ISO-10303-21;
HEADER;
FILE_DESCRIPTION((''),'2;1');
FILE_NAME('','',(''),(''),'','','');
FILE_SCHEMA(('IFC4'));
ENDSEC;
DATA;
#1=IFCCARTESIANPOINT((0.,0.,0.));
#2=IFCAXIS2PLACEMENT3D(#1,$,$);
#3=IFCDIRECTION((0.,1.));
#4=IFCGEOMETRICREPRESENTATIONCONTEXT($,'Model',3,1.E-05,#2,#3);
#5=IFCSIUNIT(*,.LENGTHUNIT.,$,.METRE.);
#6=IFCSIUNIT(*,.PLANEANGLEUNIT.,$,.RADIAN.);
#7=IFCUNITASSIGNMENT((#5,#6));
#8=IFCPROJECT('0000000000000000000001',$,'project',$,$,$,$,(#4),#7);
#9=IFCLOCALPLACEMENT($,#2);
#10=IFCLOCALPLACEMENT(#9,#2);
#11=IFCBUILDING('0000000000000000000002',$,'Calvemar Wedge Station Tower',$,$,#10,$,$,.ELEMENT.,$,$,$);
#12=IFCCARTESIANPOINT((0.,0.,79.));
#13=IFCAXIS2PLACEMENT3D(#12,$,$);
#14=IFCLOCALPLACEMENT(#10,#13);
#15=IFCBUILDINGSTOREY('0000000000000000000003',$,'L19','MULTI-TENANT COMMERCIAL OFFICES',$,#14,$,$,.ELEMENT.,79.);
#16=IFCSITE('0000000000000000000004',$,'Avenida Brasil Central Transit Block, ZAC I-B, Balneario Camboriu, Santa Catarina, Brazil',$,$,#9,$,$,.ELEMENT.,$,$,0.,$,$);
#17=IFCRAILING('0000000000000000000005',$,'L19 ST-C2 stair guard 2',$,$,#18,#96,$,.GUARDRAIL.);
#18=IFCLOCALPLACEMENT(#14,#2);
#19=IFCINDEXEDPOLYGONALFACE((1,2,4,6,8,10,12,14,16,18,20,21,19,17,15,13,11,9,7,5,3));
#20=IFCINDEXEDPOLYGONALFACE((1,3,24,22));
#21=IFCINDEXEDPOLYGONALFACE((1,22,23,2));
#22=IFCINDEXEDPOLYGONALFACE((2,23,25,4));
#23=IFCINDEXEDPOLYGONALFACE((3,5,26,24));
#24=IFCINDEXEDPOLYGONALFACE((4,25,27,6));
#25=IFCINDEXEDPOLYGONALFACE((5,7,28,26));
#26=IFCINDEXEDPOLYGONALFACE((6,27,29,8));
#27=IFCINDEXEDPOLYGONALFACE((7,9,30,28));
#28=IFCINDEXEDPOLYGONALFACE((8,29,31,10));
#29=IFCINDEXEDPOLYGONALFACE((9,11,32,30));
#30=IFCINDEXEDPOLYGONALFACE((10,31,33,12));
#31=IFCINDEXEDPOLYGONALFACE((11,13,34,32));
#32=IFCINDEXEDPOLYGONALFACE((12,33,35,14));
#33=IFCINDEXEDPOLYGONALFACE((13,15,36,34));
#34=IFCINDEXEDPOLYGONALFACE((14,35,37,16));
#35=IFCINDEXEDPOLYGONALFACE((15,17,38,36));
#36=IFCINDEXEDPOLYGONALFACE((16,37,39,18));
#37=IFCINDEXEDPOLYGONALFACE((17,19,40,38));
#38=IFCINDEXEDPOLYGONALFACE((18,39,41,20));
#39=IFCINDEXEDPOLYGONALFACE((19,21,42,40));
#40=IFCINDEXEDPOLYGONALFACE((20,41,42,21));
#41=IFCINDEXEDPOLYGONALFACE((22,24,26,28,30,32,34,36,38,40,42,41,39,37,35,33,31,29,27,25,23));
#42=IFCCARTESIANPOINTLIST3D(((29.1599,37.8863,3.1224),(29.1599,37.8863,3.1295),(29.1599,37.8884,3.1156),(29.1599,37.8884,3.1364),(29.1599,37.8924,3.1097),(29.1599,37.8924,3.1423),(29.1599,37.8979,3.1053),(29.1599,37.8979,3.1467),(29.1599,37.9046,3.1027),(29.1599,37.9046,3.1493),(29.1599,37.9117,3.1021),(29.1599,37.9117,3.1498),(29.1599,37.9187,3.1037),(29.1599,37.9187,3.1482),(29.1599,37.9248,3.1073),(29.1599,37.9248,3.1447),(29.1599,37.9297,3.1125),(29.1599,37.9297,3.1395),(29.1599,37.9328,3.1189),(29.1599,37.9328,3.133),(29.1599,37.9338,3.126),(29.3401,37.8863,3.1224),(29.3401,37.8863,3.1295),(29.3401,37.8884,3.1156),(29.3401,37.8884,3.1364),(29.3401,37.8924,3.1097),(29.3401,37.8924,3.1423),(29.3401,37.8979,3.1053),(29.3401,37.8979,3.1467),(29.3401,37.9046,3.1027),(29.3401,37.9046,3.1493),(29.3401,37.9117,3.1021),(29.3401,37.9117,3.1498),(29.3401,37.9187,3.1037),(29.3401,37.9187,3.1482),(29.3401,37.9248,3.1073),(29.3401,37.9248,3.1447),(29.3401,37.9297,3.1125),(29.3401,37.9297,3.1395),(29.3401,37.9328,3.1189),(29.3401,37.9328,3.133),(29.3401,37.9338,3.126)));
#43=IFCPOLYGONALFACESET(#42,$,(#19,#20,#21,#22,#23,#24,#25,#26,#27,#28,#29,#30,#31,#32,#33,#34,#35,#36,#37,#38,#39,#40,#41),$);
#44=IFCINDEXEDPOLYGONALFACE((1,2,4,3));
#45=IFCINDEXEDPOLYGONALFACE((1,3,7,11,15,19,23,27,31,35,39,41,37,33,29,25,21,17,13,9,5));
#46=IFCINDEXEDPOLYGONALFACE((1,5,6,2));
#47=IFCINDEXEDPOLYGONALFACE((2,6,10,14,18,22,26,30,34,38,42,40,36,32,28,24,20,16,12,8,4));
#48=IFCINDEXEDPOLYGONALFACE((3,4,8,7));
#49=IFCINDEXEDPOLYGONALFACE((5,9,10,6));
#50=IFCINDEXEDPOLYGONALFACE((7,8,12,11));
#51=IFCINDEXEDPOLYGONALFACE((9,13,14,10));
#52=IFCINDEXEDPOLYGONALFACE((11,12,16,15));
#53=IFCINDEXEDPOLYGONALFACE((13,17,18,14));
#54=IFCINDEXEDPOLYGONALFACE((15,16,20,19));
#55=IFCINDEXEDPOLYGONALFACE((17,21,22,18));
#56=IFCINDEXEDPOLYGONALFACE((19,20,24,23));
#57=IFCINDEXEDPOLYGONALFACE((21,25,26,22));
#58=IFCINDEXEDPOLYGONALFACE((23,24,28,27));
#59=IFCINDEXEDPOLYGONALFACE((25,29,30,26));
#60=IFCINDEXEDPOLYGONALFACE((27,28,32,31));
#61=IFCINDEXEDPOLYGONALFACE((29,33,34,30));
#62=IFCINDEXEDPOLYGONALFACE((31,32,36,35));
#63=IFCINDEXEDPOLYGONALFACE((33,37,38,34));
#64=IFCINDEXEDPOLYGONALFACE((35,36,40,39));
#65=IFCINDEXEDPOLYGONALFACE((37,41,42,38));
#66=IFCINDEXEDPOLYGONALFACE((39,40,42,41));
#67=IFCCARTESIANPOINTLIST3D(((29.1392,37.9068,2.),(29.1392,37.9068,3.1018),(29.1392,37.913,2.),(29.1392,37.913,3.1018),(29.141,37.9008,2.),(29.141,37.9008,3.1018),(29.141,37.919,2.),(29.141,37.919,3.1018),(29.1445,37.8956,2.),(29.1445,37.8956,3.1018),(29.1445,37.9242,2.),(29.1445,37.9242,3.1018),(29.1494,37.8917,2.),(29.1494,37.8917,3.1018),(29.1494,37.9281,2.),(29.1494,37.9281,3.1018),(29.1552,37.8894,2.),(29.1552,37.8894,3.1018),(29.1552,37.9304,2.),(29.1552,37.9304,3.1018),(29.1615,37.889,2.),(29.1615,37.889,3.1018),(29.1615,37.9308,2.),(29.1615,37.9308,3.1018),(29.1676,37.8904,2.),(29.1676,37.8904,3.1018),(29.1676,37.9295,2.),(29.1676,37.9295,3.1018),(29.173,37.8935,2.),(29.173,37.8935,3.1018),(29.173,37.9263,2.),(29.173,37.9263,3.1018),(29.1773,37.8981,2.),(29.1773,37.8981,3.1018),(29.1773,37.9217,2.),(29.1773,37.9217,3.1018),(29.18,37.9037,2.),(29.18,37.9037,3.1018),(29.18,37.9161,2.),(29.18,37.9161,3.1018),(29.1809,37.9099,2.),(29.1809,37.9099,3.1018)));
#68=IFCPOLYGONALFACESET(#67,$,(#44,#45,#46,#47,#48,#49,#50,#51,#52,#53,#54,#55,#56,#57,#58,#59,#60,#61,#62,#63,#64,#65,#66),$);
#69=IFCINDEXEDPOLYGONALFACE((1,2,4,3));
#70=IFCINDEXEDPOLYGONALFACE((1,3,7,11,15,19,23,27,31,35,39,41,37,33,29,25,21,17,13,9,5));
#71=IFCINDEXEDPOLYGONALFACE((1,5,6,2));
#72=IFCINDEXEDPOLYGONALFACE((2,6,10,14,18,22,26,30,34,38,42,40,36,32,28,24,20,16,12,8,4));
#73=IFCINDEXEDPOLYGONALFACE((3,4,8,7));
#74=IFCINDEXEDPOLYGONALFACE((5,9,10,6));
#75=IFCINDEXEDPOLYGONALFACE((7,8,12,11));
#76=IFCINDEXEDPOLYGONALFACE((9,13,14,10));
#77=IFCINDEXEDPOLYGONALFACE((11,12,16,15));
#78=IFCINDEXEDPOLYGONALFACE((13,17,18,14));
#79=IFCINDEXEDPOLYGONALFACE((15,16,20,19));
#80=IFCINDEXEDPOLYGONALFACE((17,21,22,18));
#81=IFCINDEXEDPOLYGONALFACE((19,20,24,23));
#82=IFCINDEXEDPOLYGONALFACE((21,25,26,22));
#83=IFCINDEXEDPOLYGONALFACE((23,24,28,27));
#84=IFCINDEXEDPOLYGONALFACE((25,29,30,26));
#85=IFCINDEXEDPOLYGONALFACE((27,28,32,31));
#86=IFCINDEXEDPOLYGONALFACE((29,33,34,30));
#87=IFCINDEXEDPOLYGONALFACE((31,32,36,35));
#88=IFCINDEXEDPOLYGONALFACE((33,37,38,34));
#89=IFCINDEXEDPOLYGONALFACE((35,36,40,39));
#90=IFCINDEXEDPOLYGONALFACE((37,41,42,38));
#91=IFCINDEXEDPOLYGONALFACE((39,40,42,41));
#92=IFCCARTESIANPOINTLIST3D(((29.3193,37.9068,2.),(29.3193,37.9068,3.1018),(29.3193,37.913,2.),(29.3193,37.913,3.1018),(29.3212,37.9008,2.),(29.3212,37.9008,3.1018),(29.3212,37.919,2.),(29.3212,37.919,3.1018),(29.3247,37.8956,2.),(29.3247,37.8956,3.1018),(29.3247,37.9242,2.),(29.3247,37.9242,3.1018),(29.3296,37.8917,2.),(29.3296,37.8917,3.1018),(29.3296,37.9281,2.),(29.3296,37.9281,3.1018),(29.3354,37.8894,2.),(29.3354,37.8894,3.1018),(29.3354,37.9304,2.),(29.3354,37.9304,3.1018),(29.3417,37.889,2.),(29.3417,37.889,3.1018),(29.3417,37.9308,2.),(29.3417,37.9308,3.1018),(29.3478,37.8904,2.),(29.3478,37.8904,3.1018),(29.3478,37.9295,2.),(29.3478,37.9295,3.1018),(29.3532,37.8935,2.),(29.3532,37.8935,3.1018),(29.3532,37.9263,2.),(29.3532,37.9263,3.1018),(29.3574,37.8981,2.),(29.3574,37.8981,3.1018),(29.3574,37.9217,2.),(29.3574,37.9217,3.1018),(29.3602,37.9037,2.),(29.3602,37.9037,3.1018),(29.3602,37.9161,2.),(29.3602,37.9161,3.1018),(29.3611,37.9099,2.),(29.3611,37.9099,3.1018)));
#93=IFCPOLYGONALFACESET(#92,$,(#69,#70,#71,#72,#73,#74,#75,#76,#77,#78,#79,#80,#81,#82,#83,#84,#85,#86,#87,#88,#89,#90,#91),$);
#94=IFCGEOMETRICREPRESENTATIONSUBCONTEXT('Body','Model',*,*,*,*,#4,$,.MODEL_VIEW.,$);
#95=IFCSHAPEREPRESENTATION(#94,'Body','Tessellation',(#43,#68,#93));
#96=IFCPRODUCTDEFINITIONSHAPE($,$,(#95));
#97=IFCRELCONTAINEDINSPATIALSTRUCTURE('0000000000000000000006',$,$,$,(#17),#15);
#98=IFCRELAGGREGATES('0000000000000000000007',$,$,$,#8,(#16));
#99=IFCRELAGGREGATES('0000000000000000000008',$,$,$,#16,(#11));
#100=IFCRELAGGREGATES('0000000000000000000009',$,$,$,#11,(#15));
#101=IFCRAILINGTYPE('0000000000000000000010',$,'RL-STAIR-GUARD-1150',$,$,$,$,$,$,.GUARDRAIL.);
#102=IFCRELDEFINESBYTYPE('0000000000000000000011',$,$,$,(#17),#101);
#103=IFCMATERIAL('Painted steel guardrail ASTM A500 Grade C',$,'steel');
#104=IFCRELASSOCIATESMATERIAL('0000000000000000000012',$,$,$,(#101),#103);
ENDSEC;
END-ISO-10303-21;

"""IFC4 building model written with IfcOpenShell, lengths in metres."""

from ifc_helpers import new_model, si_unit, direction, frame, origin, origin_2d, place, context, subcontext, project, spatial, circle, extrude, material, type_object, element, save


model = new_model("IFC4")

# Units and contexts
model_context = context("Model", 3, precision=1e-05, world=origin(), true_north=direction((0.0, 1.0)))
body_context = subcontext(model_context, "Body", "Model", "MODEL_VIEW")
ifc_project = project(units=[si_unit("LENGTHUNIT", "METRE"), si_unit("PLANEANGLEUNIT", "RADIAN")], contexts=[model_context])

# Site, building, storey
site_placement = place(None, origin())
site = spatial("IfcSite", under=ifc_project, at=site_placement, Name="Avenida Brasil Central Transit Block, ZAC I-B, Balneario Camboriu, Santa Catarina, Brazil", CompositionType="ELEMENT", RefElevation=0.0)
building_placement = place(site_placement, origin())
building = spatial("IfcBuilding", under=site, at=building_placement, Name="Calvemar Wedge Station Tower", CompositionType="ELEMENT")
storey_placement = place(building_placement, frame((0.0, 0.0, 79.0)))
storey = spatial("IfcBuildingStorey", under=building, at=storey_placement, Name="L19", Description="MULTI-TENANT COMMERCIAL OFFICES", CompositionType="ELEMENT", Elevation=79.0)

# Railing
ifc_material_1 = material(Name="Painted steel guardrail ASTM A500 Grade C", Category="steel")
railing_type_1 = type_object("IfcRailingType", Name="RL-STAIR-GUARD-1150", PredefinedType="GUARDRAIL", material=ifc_material_1)
railing_1_placement = place(storey_placement, frame((29.1599, 37.9099, 2.0)))
element("IfcRailing", 1, at=railing_1_placement, inside=storey, type_object=railing_type_1, Name="L19 ST-C2 stair guard 2", PredefinedType="GUARDRAIL", context=body_context, shape_type="SweptSolid", body=[
    extrude(circle(Radius=0.0239, at=origin_2d()), frame((0.0, 0.0, 1.126), z_axis=(1.0, 0.0, 0.0), x_axis=(0.0, 1.0, 0.0)), (0.0, 0.0, 1.0), 0.1802),
    extrude(circle(Radius=0.021, at=origin_2d()), origin(), (0.0, 0.0, 1.0), 1.1018),
    extrude(circle(Radius=0.021, at=origin_2d()), frame((0.1802, 0.0, 0.0)), (0.0, 0.0, 1.0), 1.1018),
])

save(model, "model.ifc")
